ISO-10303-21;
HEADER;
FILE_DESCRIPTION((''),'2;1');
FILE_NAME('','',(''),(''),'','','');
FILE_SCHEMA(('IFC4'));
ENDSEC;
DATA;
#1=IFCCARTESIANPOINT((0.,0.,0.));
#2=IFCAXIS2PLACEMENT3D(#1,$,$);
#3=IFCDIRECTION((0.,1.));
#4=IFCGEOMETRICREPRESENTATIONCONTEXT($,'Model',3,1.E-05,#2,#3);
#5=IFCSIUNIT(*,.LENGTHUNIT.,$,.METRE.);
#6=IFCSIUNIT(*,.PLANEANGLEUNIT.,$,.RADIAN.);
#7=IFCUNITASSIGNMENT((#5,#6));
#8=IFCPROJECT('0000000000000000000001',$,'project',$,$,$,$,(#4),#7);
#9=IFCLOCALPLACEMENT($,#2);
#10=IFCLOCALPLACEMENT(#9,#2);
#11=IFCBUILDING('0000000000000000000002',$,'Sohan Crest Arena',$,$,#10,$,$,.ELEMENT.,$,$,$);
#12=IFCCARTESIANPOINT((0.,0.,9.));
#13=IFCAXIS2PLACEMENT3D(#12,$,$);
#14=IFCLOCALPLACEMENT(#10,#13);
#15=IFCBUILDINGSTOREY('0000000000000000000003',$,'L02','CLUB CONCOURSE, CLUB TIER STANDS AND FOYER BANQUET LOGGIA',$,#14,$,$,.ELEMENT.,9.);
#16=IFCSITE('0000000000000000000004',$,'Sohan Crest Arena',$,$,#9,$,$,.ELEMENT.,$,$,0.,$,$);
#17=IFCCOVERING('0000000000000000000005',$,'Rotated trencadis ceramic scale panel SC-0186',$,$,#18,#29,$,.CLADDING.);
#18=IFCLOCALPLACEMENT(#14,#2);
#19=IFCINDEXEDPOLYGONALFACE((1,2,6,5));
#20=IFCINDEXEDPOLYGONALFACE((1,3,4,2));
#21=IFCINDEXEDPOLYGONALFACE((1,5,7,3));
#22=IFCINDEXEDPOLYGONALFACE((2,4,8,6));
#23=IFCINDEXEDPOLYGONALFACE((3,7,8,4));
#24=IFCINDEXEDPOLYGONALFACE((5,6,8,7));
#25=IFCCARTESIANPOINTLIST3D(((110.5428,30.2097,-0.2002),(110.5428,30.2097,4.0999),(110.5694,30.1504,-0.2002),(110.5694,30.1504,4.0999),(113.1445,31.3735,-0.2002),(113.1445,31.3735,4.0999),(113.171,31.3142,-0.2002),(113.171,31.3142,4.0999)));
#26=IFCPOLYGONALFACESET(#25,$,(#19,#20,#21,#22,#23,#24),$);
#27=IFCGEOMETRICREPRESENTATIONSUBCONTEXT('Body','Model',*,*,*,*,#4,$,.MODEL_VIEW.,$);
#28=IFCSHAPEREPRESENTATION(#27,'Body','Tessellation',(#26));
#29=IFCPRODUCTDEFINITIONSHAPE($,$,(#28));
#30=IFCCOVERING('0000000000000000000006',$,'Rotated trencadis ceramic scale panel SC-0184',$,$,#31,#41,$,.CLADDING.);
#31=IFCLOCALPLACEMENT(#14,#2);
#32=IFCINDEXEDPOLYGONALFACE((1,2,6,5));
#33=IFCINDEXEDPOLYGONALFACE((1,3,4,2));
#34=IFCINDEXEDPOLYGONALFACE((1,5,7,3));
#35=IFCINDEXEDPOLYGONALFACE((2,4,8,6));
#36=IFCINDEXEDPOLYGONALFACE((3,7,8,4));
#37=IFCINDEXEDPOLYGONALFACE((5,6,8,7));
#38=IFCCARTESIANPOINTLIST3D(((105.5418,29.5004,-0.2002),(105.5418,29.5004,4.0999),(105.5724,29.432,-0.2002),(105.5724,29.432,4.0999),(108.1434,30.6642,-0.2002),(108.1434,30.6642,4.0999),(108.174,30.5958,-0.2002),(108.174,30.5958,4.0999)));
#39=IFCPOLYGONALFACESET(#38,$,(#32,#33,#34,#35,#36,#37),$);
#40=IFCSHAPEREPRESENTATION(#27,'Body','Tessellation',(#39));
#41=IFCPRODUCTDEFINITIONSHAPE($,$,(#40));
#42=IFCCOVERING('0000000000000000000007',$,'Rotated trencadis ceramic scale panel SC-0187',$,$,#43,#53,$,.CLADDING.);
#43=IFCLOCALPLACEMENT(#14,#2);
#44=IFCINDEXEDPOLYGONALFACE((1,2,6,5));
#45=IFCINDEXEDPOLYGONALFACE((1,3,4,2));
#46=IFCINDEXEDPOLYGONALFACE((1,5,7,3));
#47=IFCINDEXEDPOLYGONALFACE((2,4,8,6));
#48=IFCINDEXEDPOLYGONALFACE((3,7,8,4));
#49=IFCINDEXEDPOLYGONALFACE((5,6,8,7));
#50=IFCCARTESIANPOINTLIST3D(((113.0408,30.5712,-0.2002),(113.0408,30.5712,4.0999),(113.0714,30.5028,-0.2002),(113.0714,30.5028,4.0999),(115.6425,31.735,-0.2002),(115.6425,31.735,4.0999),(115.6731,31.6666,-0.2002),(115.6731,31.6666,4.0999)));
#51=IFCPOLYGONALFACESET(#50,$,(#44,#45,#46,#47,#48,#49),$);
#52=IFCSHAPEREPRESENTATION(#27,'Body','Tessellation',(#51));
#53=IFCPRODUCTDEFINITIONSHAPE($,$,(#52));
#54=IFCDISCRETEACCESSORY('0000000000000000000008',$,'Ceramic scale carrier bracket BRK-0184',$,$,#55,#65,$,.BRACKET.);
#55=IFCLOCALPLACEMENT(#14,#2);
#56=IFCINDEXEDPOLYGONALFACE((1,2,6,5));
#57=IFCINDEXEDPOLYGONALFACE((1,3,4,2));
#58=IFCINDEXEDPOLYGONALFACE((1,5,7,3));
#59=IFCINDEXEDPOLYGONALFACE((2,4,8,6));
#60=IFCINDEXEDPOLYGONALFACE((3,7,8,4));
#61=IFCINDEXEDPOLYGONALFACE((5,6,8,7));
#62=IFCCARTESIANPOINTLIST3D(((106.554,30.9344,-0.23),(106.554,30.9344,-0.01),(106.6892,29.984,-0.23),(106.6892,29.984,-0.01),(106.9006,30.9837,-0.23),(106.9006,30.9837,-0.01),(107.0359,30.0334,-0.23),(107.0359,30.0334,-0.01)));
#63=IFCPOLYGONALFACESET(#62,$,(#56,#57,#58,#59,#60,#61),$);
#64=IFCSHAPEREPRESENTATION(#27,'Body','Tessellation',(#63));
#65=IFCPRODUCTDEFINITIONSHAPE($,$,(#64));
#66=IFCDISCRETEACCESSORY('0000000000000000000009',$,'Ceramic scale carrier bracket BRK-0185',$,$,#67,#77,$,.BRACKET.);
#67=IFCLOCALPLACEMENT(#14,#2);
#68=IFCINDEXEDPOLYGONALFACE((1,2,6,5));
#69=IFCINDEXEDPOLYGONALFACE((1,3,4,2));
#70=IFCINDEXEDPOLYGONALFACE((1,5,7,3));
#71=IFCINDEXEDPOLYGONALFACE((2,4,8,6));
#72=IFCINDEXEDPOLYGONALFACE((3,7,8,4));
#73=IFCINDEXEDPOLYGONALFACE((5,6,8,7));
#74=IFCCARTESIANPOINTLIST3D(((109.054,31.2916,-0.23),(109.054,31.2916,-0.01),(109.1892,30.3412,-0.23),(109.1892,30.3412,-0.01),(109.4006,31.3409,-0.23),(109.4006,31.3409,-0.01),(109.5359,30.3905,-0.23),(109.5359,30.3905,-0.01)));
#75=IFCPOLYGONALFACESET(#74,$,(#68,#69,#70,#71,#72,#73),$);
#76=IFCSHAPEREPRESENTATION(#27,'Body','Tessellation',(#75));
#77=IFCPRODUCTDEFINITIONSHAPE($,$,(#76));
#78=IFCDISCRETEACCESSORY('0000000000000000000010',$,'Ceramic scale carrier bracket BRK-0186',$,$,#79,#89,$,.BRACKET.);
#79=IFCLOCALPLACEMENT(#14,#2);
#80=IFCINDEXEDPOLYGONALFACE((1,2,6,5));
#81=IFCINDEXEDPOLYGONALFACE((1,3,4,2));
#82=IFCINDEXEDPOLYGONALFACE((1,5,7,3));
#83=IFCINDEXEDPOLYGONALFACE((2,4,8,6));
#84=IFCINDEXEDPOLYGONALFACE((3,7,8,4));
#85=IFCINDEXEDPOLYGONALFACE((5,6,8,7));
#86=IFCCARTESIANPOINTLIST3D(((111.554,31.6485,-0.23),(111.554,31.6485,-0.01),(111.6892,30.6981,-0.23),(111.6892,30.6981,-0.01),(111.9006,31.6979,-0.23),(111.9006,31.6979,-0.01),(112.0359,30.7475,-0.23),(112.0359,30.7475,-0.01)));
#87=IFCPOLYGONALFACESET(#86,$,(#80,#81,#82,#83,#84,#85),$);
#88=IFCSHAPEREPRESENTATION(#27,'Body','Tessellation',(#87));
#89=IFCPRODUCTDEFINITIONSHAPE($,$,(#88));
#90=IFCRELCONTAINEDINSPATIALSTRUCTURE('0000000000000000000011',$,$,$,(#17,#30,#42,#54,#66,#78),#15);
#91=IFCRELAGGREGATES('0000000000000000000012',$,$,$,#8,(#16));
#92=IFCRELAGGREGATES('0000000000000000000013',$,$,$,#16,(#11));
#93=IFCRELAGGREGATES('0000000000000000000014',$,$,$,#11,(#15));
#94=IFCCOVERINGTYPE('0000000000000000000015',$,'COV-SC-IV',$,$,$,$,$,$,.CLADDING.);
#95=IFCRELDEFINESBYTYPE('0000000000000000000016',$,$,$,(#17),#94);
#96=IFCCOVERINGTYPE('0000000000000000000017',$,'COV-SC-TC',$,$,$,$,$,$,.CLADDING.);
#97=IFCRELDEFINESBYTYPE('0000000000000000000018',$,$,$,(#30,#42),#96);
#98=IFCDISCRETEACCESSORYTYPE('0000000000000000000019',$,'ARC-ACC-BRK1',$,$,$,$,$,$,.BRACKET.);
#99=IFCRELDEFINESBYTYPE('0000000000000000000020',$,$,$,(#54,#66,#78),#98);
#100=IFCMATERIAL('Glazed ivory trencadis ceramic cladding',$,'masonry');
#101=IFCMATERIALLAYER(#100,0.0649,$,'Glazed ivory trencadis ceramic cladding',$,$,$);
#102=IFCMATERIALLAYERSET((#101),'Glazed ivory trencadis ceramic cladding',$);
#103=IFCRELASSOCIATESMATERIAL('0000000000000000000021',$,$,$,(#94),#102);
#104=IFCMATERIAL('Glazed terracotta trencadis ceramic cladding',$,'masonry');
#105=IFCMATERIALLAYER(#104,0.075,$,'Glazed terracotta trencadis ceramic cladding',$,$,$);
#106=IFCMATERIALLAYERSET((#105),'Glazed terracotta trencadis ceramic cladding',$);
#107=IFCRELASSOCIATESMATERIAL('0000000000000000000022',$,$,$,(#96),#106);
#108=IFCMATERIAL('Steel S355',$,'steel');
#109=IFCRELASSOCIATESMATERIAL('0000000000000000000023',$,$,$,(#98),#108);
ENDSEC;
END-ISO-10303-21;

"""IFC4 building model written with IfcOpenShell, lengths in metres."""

from ifc_helpers import new_model, si_unit, direction, frame, origin, origin_2d, place, context, subcontext, project, spatial, rectangle, extrude, material, layer, layer_set, type_object, element, save


model = new_model("IFC4")

# Units and contexts
model_context = context("Model", 3, precision=1e-05, world=origin(), true_north=direction((0.0, 1.0)))
body_context = subcontext(model_context, "Body", "Model", "MODEL_VIEW")
ifc_project = project(units=[si_unit("LENGTHUNIT", "METRE"), si_unit("PLANEANGLEUNIT", "RADIAN")], contexts=[model_context])

# Site, building, storey
site_placement = place(None, origin())
site = spatial("IfcSite", under=ifc_project, at=site_placement, Name="Sohan Crest Arena", CompositionType="ELEMENT", RefElevation=0.0)
building_placement = place(site_placement, origin())
building = spatial("IfcBuilding", under=site, at=building_placement, Name="Sohan Crest Arena", CompositionType="ELEMENT")
storey_placement = place(building_placement, frame((0.0, 0.0, 9.0)))
storey = spatial("IfcBuildingStorey", under=building, at=storey_placement, Name="L02", Description="CLUB CONCOURSE, CLUB TIER STANDS AND FOYER BANQUET LOGGIA", CompositionType="ELEMENT", Elevation=9.0)

# Shared definitions
ifc_material_1 = material(Name="Steel S355", Category="steel")

# Coverings
ifc_material_2 = material(Name="Glazed ivory trencadis ceramic cladding", Category="masonry")
ifc_layer_1 = layer(ifc_material_2, 0.0649, Name="Glazed ivory trencadis ceramic cladding")
ifc_layer_set_1 = layer_set([ifc_layer_1], Name="Glazed ivory trencadis ceramic cladding")
covering_type_1 = type_object("IfcCoveringType", Name="COV-SC-IV", PredefinedType="CLADDING", material=ifc_layer_set_1)
for number, where, z_axis, x_axis, name in (
    (1, (111.8569, 30.762, -0.2002), (0.0, 0.0, 1.0), (0.912834, 0.40833, 0.0), "Rotated trencadis ceramic scale panel SC-0186"),
):
    element("IfcCovering", number, at=place(storey_placement, frame(where, z_axis=z_axis, x_axis=x_axis)), inside=storey, type_object=covering_type_1, Name=name, PredefinedType="CLADDING", context=body_context, shape_type="SweptSolid", body=[
        extrude(rectangle(XDim=2.8501, YDim=0.0649, at=origin_2d()), origin(), (0.0, 0.0, 1.0), 4.3),
    ])
ifc_material_3 = material(Name="Glazed terracotta trencadis ceramic cladding", Category="masonry")
ifc_layer_2 = layer(ifc_material_3, 0.075, Name="Glazed terracotta trencadis ceramic cladding")
ifc_layer_set_2 = layer_set([ifc_layer_2], Name="Glazed terracotta trencadis ceramic cladding")
covering_type_2 = type_object("IfcCoveringType", Name="COV-SC-TC", PredefinedType="CLADDING", material=ifc_layer_set_2)
for number, where, z_axis, x_axis, name in (
    (2, (106.8579, 30.0481, -0.2002), (0.0, 0.0, 1.0), (0.912834, 0.40833, 0.0), "Rotated trencadis ceramic scale panel SC-0184"),
    (3, (114.3569, 31.1189, -0.2002), (0.0, 0.0, 1.0), (0.912834, 0.40833, 0.0), "Rotated trencadis ceramic scale panel SC-0187"),
):
    element("IfcCovering", number, at=place(storey_placement, frame(where, z_axis=z_axis, x_axis=x_axis)), inside=storey, type_object=covering_type_2, Name=name, PredefinedType="CLADDING", context=body_context, shape_type="SweptSolid", body=[
        extrude(rectangle(XDim=2.8501, YDim=0.075, at=origin_2d()), origin(), (0.0, 0.0, 1.0), 4.3),
    ])

# Discrete accessories
discrete_accessory_type = type_object("IfcDiscreteAccessoryType", Name="ARC-ACC-BRK1", PredefinedType="BRACKET", material=ifc_material_1)
for number, where, z_axis, x_axis, name in (
    (4, (106.7949, 30.4839, -0.23), (0.0, 0.0, 1.0), (0.990024, 0.140901, 0.0), "Ceramic scale carrier bracket BRK-0184"),
    (5, (109.2949, 30.8411, -0.23), (0.0, 0.0, 1.0), (0.990024, 0.140901, 0.0), "Ceramic scale carrier bracket BRK-0185"),
    (6, (111.7949, 31.198, -0.23), (0.0, 0.0, 1.0), (0.990024, 0.140901, 0.0), "Ceramic scale carrier bracket BRK-0186"),
):
    element("IfcDiscreteAccessory", number, at=place(storey_placement, frame(where, z_axis=z_axis, x_axis=x_axis)), inside=storey, type_object=discrete_accessory_type, Name=name, PredefinedType="BRACKET", context=body_context, shape_type="SweptSolid", body=[
        extrude(rectangle(XDim=0.3501, YDim=0.96, at=origin_2d()), origin(), (0.0, 0.0, 1.0), 0.22),
    ])

save(model, "model.ifc")
